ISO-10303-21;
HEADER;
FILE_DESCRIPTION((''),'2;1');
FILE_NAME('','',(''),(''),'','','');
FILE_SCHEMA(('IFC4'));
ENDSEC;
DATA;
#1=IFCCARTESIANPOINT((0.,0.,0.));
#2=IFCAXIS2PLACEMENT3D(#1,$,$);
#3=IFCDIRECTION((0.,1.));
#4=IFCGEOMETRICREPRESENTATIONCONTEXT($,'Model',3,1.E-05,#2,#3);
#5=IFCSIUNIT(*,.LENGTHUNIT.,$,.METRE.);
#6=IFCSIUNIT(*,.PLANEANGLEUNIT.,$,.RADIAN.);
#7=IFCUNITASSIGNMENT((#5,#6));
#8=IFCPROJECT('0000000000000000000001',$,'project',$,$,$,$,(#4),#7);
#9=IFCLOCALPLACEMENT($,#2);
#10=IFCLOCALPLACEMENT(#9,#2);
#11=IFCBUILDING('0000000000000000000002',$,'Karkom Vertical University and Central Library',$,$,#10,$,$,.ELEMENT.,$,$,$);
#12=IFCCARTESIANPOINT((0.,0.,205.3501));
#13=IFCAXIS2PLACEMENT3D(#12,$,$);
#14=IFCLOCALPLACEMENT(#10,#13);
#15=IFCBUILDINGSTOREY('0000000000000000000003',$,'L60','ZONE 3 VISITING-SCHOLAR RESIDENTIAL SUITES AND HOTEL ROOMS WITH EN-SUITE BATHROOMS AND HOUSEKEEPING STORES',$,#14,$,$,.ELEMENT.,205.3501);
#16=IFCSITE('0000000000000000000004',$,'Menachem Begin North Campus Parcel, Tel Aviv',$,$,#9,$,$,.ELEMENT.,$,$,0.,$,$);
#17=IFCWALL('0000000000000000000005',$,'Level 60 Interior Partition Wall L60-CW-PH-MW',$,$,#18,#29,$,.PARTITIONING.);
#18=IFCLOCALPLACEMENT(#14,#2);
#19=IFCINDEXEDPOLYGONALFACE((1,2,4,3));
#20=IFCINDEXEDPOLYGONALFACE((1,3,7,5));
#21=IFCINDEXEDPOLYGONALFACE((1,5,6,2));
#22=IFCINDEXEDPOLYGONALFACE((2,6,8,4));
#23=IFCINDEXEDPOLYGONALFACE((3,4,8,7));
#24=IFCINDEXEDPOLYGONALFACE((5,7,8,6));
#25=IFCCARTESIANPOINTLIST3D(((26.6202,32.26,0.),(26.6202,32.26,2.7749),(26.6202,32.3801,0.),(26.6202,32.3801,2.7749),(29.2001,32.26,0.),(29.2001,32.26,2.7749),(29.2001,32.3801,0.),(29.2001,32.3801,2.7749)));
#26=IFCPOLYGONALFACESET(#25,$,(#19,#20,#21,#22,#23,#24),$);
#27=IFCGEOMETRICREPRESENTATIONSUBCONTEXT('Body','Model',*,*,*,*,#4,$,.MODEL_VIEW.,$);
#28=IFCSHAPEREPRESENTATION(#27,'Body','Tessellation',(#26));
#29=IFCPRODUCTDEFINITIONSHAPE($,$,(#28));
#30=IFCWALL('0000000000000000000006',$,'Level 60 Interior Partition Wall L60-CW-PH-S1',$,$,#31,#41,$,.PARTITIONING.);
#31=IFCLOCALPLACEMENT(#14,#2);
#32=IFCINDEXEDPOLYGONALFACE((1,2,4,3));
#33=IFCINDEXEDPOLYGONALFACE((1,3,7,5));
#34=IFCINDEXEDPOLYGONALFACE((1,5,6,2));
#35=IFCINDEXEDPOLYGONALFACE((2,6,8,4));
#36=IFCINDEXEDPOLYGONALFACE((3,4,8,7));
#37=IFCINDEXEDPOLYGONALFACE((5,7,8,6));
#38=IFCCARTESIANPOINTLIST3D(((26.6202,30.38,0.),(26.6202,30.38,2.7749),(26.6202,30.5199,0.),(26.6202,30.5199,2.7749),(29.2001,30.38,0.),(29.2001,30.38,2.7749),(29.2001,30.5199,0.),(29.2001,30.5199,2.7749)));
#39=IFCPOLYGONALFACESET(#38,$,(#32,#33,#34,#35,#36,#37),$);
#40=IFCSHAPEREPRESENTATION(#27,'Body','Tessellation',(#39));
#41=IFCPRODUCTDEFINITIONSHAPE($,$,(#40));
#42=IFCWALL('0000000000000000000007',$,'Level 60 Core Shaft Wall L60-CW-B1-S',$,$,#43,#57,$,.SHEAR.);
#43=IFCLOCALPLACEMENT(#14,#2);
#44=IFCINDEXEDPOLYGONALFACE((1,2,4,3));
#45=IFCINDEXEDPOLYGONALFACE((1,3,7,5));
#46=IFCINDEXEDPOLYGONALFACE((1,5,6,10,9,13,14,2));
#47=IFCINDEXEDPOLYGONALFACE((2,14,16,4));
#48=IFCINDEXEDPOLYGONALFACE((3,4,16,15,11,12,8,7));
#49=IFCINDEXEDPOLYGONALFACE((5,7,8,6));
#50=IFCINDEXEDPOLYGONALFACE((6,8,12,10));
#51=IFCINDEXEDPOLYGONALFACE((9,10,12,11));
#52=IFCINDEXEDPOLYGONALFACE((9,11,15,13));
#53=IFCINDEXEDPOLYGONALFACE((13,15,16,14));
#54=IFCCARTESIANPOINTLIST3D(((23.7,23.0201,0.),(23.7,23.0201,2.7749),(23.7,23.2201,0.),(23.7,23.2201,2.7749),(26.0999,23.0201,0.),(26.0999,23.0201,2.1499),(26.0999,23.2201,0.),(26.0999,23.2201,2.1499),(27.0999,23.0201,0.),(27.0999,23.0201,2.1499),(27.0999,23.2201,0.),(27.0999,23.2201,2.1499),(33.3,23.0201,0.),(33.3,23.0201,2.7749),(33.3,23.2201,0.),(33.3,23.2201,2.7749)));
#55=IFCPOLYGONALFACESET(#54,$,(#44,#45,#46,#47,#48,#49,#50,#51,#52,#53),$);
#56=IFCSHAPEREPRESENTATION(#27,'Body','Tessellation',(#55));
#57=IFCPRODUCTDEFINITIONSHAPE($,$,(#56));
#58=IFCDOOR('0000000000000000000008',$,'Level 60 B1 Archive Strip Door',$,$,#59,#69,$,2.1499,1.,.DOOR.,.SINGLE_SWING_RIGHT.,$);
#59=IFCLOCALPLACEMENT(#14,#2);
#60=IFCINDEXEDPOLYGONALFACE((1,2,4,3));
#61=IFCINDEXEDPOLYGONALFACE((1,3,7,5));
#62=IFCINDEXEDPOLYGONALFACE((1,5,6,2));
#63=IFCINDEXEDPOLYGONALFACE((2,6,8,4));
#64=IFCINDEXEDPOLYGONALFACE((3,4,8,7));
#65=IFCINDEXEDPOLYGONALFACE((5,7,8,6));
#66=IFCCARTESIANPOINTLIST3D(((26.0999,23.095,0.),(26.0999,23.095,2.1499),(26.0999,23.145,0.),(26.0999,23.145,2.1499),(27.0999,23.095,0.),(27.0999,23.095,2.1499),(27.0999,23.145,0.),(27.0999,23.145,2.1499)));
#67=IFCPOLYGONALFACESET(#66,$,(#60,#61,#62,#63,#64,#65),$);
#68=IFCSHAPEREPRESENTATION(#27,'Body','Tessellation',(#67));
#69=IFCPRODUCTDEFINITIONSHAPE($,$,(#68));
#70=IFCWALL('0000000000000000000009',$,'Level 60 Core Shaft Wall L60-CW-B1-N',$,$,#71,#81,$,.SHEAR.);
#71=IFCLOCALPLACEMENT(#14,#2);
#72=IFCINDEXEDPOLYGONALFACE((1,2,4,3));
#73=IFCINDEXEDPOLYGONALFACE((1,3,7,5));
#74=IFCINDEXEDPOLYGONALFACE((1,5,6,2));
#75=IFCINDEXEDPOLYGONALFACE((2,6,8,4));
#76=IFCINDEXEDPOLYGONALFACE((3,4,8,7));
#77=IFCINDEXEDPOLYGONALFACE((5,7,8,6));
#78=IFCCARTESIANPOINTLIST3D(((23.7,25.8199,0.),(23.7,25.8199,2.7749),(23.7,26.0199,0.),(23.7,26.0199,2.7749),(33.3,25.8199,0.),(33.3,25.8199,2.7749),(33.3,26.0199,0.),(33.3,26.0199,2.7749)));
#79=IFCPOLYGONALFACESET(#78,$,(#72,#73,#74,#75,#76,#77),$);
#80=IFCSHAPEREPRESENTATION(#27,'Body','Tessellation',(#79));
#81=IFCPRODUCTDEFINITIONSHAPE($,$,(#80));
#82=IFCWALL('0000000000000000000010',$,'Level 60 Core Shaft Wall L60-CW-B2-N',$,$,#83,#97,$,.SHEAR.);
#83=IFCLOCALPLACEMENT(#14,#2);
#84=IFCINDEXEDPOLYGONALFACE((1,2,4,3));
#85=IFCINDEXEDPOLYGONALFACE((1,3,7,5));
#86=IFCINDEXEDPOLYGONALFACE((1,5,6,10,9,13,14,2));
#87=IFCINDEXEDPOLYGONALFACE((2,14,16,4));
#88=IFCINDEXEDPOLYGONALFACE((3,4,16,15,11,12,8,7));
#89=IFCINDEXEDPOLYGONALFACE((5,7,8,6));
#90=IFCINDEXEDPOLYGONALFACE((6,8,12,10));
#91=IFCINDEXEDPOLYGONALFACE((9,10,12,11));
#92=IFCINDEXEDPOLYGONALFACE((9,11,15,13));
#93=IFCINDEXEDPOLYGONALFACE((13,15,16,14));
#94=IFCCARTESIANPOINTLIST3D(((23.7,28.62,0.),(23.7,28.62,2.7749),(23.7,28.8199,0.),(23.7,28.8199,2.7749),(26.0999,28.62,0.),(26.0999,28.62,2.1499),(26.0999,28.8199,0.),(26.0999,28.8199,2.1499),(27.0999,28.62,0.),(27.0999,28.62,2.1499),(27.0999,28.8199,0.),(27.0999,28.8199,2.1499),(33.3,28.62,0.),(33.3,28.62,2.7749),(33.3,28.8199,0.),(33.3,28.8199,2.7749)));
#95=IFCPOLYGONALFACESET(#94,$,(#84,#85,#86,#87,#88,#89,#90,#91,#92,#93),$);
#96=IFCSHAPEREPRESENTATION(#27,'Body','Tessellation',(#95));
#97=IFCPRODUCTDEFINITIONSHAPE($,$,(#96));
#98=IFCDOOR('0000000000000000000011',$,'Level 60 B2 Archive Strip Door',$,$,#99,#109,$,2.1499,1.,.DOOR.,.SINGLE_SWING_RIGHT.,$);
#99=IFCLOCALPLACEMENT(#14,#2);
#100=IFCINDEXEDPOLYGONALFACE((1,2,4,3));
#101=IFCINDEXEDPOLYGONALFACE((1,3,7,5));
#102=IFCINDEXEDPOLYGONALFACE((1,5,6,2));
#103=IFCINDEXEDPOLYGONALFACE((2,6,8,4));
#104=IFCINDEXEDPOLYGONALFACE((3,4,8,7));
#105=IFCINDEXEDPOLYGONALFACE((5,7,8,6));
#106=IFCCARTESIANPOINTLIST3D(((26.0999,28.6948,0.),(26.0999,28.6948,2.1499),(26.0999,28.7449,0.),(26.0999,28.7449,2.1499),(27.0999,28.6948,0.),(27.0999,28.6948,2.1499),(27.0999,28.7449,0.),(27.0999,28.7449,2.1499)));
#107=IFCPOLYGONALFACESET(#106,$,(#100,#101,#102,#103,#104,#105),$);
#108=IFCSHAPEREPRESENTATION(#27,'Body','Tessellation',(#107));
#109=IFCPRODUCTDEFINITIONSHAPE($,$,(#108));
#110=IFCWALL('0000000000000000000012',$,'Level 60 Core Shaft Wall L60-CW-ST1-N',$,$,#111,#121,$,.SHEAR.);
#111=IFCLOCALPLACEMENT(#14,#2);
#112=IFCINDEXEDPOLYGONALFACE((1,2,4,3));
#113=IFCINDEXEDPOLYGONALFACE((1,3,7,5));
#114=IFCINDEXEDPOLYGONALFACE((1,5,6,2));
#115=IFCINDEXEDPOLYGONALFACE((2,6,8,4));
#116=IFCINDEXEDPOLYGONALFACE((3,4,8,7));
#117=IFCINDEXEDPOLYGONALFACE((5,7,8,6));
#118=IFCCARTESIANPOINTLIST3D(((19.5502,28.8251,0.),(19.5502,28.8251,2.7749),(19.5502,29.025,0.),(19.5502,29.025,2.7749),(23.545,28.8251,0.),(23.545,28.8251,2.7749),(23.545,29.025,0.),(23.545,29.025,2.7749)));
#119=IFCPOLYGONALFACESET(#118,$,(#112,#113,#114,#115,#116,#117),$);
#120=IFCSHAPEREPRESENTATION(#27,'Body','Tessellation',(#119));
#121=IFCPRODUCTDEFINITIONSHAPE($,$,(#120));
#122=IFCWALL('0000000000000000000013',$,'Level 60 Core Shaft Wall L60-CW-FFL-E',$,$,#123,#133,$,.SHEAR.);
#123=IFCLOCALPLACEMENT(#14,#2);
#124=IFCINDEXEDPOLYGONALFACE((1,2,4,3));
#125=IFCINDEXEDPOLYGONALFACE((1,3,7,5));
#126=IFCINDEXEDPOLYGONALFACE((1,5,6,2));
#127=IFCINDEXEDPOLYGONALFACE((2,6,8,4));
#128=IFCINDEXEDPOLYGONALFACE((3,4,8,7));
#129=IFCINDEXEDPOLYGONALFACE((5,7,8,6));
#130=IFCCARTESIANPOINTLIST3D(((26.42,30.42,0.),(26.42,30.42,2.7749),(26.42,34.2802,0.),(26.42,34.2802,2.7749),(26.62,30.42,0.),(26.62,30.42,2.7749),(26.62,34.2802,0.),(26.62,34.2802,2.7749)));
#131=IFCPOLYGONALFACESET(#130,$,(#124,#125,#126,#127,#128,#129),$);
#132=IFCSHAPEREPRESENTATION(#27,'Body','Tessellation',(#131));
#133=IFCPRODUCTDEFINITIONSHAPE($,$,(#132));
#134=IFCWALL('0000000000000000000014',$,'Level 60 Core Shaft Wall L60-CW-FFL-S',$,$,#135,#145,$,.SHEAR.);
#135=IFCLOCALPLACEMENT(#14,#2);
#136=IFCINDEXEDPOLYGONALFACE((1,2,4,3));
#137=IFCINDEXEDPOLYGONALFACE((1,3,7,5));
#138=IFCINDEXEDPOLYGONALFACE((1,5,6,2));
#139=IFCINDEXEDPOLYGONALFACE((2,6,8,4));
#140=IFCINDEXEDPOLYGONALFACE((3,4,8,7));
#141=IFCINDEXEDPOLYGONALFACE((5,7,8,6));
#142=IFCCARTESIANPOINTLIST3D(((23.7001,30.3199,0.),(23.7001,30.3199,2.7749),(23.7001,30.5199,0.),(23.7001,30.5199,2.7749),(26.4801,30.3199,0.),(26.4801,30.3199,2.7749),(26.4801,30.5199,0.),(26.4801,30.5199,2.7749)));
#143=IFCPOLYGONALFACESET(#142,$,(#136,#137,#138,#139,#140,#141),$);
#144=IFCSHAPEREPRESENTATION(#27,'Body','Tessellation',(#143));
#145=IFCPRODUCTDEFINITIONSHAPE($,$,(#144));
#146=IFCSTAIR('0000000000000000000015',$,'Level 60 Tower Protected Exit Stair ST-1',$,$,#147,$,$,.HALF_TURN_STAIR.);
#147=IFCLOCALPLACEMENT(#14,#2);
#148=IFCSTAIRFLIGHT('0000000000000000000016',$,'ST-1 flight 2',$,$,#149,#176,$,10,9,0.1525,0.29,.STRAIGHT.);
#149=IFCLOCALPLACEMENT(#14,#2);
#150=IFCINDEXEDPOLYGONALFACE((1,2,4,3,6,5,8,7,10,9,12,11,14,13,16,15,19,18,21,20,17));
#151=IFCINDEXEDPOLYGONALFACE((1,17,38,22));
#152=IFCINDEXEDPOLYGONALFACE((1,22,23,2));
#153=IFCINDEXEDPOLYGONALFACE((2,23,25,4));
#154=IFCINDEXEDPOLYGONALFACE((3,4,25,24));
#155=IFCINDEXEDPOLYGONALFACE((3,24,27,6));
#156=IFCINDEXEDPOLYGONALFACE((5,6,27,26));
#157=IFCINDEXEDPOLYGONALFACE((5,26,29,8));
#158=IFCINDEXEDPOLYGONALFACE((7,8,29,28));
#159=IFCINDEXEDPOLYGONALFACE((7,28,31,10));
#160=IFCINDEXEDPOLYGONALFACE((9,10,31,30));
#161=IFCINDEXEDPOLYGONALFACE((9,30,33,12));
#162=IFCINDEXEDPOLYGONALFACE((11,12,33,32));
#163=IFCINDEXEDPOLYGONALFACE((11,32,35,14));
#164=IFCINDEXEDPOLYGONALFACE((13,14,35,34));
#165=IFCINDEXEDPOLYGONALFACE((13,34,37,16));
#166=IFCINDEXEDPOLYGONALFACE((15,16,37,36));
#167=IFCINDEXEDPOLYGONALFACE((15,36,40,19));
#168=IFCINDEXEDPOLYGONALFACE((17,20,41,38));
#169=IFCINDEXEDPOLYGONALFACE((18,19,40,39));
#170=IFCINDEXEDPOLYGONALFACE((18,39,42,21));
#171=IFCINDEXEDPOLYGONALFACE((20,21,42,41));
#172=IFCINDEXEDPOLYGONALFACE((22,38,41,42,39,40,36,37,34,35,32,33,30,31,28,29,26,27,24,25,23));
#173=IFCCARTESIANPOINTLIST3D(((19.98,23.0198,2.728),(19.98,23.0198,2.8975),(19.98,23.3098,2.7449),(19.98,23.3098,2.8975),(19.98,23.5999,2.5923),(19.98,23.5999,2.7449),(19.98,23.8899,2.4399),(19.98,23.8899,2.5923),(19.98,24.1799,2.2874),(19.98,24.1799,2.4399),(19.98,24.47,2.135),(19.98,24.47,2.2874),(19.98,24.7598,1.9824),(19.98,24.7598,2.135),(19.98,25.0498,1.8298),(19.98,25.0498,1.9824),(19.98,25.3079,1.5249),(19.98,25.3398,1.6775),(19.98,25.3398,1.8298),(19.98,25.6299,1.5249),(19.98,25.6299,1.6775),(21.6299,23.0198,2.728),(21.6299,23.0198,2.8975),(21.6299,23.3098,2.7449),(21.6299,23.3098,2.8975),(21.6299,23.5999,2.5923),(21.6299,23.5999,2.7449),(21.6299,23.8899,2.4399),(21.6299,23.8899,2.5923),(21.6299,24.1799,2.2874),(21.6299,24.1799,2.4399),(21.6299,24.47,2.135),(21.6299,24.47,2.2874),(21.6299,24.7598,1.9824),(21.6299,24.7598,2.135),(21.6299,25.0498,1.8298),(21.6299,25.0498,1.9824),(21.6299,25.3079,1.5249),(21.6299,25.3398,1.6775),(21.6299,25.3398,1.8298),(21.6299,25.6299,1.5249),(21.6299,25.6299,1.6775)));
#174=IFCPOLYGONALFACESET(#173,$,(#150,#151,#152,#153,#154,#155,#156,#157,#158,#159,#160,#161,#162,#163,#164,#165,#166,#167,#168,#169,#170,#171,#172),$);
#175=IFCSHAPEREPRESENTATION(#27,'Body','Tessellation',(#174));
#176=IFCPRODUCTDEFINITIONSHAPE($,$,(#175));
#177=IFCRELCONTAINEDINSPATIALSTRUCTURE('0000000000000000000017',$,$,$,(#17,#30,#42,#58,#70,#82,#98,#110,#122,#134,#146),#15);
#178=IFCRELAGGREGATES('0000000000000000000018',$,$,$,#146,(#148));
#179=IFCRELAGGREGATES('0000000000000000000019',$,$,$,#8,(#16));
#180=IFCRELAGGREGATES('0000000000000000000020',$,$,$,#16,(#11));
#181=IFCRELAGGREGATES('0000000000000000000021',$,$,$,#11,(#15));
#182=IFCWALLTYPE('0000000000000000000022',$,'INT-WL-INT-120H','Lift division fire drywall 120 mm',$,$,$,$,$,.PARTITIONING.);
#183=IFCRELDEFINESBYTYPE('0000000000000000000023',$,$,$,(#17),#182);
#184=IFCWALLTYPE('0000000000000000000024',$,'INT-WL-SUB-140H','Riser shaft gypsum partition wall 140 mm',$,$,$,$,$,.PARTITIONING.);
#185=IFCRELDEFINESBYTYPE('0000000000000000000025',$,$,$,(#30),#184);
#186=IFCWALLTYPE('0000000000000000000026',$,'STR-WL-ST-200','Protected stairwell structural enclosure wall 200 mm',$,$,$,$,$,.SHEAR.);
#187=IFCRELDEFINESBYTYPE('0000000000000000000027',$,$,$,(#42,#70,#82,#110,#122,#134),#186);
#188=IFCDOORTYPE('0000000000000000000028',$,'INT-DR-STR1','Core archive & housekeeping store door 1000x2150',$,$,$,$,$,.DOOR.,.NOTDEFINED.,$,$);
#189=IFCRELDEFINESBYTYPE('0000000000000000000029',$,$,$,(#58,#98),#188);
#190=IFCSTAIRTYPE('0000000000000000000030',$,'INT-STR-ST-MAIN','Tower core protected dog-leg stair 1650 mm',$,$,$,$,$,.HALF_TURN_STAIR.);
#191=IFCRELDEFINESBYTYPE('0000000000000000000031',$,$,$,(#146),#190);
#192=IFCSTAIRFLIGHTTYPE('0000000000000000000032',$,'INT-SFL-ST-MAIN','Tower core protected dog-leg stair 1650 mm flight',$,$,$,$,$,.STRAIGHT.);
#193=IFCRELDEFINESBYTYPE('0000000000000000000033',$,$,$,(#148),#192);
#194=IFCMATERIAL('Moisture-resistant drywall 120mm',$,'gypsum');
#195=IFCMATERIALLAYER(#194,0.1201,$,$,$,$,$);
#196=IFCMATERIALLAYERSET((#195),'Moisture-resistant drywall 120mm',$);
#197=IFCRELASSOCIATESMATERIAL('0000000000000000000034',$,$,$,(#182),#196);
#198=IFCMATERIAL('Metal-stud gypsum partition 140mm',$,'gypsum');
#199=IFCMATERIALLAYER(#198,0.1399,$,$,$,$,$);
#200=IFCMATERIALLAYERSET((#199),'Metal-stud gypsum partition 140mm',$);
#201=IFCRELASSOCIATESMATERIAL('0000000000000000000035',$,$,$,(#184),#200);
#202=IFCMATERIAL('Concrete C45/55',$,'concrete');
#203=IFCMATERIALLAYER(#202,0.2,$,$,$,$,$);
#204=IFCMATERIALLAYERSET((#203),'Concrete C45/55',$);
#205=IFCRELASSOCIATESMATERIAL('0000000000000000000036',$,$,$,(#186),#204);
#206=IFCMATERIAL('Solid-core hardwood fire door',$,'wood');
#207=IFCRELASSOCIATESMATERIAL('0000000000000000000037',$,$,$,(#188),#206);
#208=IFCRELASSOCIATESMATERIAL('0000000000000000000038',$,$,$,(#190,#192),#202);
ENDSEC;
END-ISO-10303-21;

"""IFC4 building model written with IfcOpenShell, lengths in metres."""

from ifc_helpers import new_model, si_unit, direction, frame, frame_2d, origin, origin_with_axes, place, context, subcontext, project, spatial, polyline, rectangle, outline, extrude, source, transform, mapped, material, layer, layer_set, type_object, element, fill, aggregate, save


model = new_model("IFC4")

# Units and contexts
model_context = context("Model", 3, precision=1e-05, world=origin(), true_north=direction((0.0, 1.0)))
body_context = subcontext(model_context, "Body", "Model", "MODEL_VIEW")
ifc_project = project(units=[si_unit("LENGTHUNIT", "METRE"), si_unit("PLANEANGLEUNIT", "RADIAN")], contexts=[model_context])

# Site, building, storey
site_placement = place(None, origin())
site = spatial("IfcSite", under=ifc_project, at=site_placement, Name="Menachem Begin North Campus Parcel, Tel Aviv", CompositionType="ELEMENT", RefElevation=0.0)
building_placement = place(site_placement, origin())
building = spatial("IfcBuilding", under=site, at=building_placement, Name="Karkom Vertical University and Central Library", CompositionType="ELEMENT")
storey_placement = place(building_placement, frame((0.0, 0.0, 205.3501)))
storey = spatial("IfcBuildingStorey", under=building, at=storey_placement, Name="L60", Description="ZONE 3 VISITING-SCHOLAR RESIDENTIAL SUITES AND HOTEL ROOMS WITH EN-SUITE BATHROOMS AND HOUSEKEEPING STORES", CompositionType="ELEMENT", Elevation=205.3501)

# Shared definitions
ifc_material_1 = material(Name="Moisture-resistant drywall 120mm", Category="gypsum")

# Walls
ifc_layer_1 = layer(ifc_material_1, 0.1201)
ifc_layer_set_1 = layer_set([ifc_layer_1], Name="Moisture-resistant drywall 120mm")
wall_type_1 = type_object("IfcWallType", Name="INT-WL-INT-120H", Description="Lift division fire drywall 120 mm", PredefinedType="PARTITIONING", material=ifc_layer_set_1)
wall_1_placement = place(storey_placement, frame((26.6201, 32.3201, 0.0), z_axis=(0.0, 0.0, 1.0), x_axis=(1.0, 0.0, 0.0)))
element("IfcWall", 1, at=wall_1_placement, inside=storey, type_object=wall_type_1, Name="Level 60 Interior Partition Wall L60-CW-PH-MW", PredefinedType="PARTITIONING", context=body_context, shape_type="SweptSolid", body=[
    extrude(rectangle(XDim=2.5798, YDim=0.1201, at=frame_2d((1.29, 0.0))), origin(), (0.0, 0.0, 1.0), 2.7749),
])
ifc_material_2 = material(Name="Metal-stud gypsum partition 140mm", Category="gypsum")
ifc_layer_2 = layer(ifc_material_2, 0.1399)
ifc_layer_set_2 = layer_set([ifc_layer_2], Name="Metal-stud gypsum partition 140mm")
wall_type_2 = type_object("IfcWallType", Name="INT-WL-SUB-140H", Description="Riser shaft gypsum partition wall 140 mm", PredefinedType="PARTITIONING", material=ifc_layer_set_2)
wall_2_placement = place(storey_placement, frame((26.6201, 30.45, 0.0), z_axis=(0.0, 0.0, 1.0), x_axis=(1.0, 0.0, 0.0)))
element("IfcWall", 2, at=wall_2_placement, inside=storey, type_object=wall_type_2, Name="Level 60 Interior Partition Wall L60-CW-PH-S1", PredefinedType="PARTITIONING", context=body_context, shape_type="SweptSolid", body=[
    extrude(rectangle(XDim=2.5798, YDim=0.1399, at=frame_2d((1.29, 0.0))), origin(), (0.0, 0.0, 1.0), 2.7749),
])

# Wall, opening, door
ifc_material_3 = material(Name="Concrete C45/55", Category="concrete")
ifc_layer_3 = layer(ifc_material_3, 0.2)
ifc_layer_set_3 = layer_set([ifc_layer_3], Name="Concrete C45/55")
wall_type_3 = type_object("IfcWallType", Name="STR-WL-ST-200", Description="Protected stairwell structural enclosure wall 200 mm", PredefinedType="SHEAR", material=ifc_layer_set_3)
wall_3_placement = place(storey_placement, frame((23.7, 23.1201, 0.0), z_axis=(0.0, 0.0, 1.0), x_axis=(1.0, 0.0, 0.0)))
wall_3 = element("IfcWall", 3, at=wall_3_placement, inside=storey, type_object=wall_type_3, Name="Level 60 Core Shaft Wall L60-CW-B1-S", PredefinedType="SHEAR", context=body_context, shape_type="SweptSolid", body=[
    extrude(rectangle(XDim=9.6001, YDim=0.2, at=frame_2d((4.8, 0.0))), origin(), (0.0, 0.0, 1.0), 2.7749),
])
opening_1_placement = place(wall_3_placement, frame((2.3999, 0.0, 0.0)))
opening_1 = element("IfcOpeningElement", 4, at=opening_1_placement, cuts=wall_3, PredefinedType="OPENING", context=body_context, shape_type="SweptSolid", body=[
    extrude(rectangle(XDim=1.0, YDim=2.1499, at=frame_2d((0.5, 1.075))), frame((0.0, 0.1099, 0.0), z_axis=(0.0, -1.0, 0.0), x_axis=(1.0, 0.0, 0.0)), (0.0, 0.0, 1.0), 0.22),
])
ifc_material_4 = material(Name="Solid-core hardwood fire door", Category="wood")
door_type_1 = type_object("IfcDoorType", Name="INT-DR-STR1", Description="Core archive & housekeeping store door 1000x2150", OperationType="NOTDEFINED", PredefinedType="DOOR", material=ifc_material_4)
shared_shape_1 = source(origin_with_axes(), body_context, "Body", "SweptSolid", [
    extrude(rectangle(XDim=1.0, YDim=2.1499, at=frame_2d((0.5, 1.075))), frame((0.0, 0.0249, 0.0), z_axis=(0.0, -1.0, 0.0), x_axis=(1.0, 0.0, 0.0)), (0.0, 0.0, 1.0), 0.05),
])
door_1_placement = place(opening_1_placement, origin())
door_1 = element("IfcDoor", 5, at=door_1_placement, inside=storey, type_object=door_type_1, Name="Level 60 B1 Archive Strip Door", OperationType="SINGLE_SWING_RIGHT", OverallHeight=2.1499, OverallWidth=1.0, PredefinedType="DOOR", context=body_context, shape_type="MappedRepresentation", body=[
    mapped(shared_shape_1, transform((0.0, 0.0, 0.0), scale=1.0)),
])
fill(opening_1, door_1)

# Wall
wall_4_placement = place(storey_placement, frame((23.7, 25.9199, 0.0), z_axis=(0.0, 0.0, 1.0), x_axis=(1.0, 0.0, 0.0)))
element("IfcWall", 6, at=wall_4_placement, inside=storey, type_object=wall_type_3, Name="Level 60 Core Shaft Wall L60-CW-B1-N", PredefinedType="SHEAR", context=body_context, shape_type="SweptSolid", body=[
    extrude(rectangle(XDim=9.6001, YDim=0.2, at=frame_2d((4.8, 0.0))), origin(), (0.0, 0.0, 1.0), 2.7749),
])

# Wall, opening, door
wall_5_placement = place(storey_placement, frame((23.7, 28.72, 0.0), z_axis=(0.0, 0.0, 1.0), x_axis=(1.0, 0.0, 0.0)))
wall_5 = element("IfcWall", 7, at=wall_5_placement, inside=storey, type_object=wall_type_3, Name="Level 60 Core Shaft Wall L60-CW-B2-N", PredefinedType="SHEAR", context=body_context, shape_type="SweptSolid", body=[
    extrude(rectangle(XDim=9.6001, YDim=0.2, at=frame_2d((4.8, 0.0))), origin(), (0.0, 0.0, 1.0), 2.7749),
])
opening_2_placement = place(wall_5_placement, frame((2.3999, 0.0, 0.0)))
opening_2 = element("IfcOpeningElement", 8, at=opening_2_placement, cuts=wall_5, PredefinedType="OPENING", context=body_context, shape_type="SweptSolid", body=[
    extrude(rectangle(XDim=1.0, YDim=2.1499, at=frame_2d((0.5, 1.075))), frame((0.0, 0.1099, 0.0), z_axis=(0.0, -1.0, 0.0), x_axis=(1.0, 0.0, 0.0)), (0.0, 0.0, 1.0), 0.22),
])
door_2_placement = place(opening_2_placement, origin())
door_2 = element("IfcDoor", 9, at=door_2_placement, inside=storey, type_object=door_type_1, Name="Level 60 B2 Archive Strip Door", OperationType="SINGLE_SWING_RIGHT", OverallHeight=2.1499, OverallWidth=1.0, PredefinedType="DOOR", context=body_context, shape_type="MappedRepresentation", body=[
    mapped(shared_shape_1, transform((0.0, 0.0, 0.0), scale=1.0)),
])
fill(opening_2, door_2)

# Walls
wall_6_placement = place(storey_placement, frame((19.55, 28.925, 0.0), z_axis=(0.0, 0.0, 1.0), x_axis=(1.0, 0.0, 0.0)))
element("IfcWall", 10, at=wall_6_placement, inside=storey, type_object=wall_type_3, Name="Level 60 Core Shaft Wall L60-CW-ST1-N", PredefinedType="SHEAR", context=body_context, shape_type="SweptSolid", body=[
    extrude(rectangle(XDim=3.9949, YDim=0.2, at=frame_2d((1.9976, 0.0))), origin(), (0.0, 0.0, 1.0), 2.7749),
])
wall_7_placement = place(storey_placement, frame((26.52, 30.4199, 0.0), z_axis=(0.0, 0.0, 1.0), x_axis=(0.0, 1.0, 0.0)))
element("IfcWall", 11, at=wall_7_placement, inside=storey, type_object=wall_type_3, Name="Level 60 Core Shaft Wall L60-CW-FFL-E", PredefinedType="SHEAR", context=body_context, shape_type="SweptSolid", body=[
    extrude(rectangle(XDim=3.8601, YDim=0.2, at=frame_2d((1.9302, 0.0))), origin(), (0.0, 0.0, 1.0), 2.7749),
])
wall_8_placement = place(storey_placement, frame((23.7, 30.4199, 0.0), z_axis=(0.0, 0.0, 1.0), x_axis=(1.0, 0.0, 0.0)))
element("IfcWall", 12, at=wall_8_placement, inside=storey, type_object=wall_type_3, Name="Level 60 Core Shaft Wall L60-CW-FFL-S", PredefinedType="SHEAR", context=body_context, shape_type="SweptSolid", body=[
    extrude(rectangle(XDim=2.78, YDim=0.2, at=frame_2d((1.3901, 0.0))), origin(), (0.0, 0.0, 1.0), 2.7749),
])

# Stair, stair flight
stair_type = type_object("IfcStairType", Name="INT-STR-ST-MAIN", Description="Tower core protected dog-leg stair 1650 mm", PredefinedType="HALF_TURN_STAIR", material=ifc_material_3)
stair_placement = place(storey_placement, origin())
stair = element("IfcStair", 13, at=stair_placement, inside=storey, type_object=stair_type, Name="Level 60 Tower Protected Exit Stair ST-1", PredefinedType="HALF_TURN_STAIR")
stair_flight_type = type_object("IfcStairFlightType", Name="INT-SFL-ST-MAIN", Description="Tower core protected dog-leg stair 1650 mm flight", PredefinedType="STRAIGHT", material=ifc_material_3)
stair_flight_placement = place(storey_placement, frame((20.8049, 25.6299, 1.5249), z_axis=(0.0, 0.0, 1.0), x_axis=(0.0, -1.0, 0.0)))
stair_flight = element("IfcStairFlight", 14, at=stair_flight_placement, type_object=stair_flight_type, Name="ST-1 flight 2", NumberOfRisers=10, NumberOfTreads=9, PredefinedType="STRAIGHT", RiserHeight=0.1525, TreadLength=0.29, context=body_context, shape_type="SweptSolid", body=[
    extrude(outline(polyline([(0.0, 0.0), (0.0, 0.1526), (0.29, 0.1526), (0.29, 0.3049), (0.5801, 0.3049), (0.5801, 0.4575), (0.8701, 0.4575), (0.8701, 0.6101), (1.1599, 0.6101), (1.1599, 0.7625), (1.45, 0.7625), (1.45, 0.915), (1.74, 0.915), (1.74, 1.0674), (2.03, 1.0674), (2.03, 1.22), (2.3201, 1.22), (2.3201, 1.3726), (2.6101, 1.3726), (2.6101, 1.5249), (2.6101, 1.2031), (0.322, 0.0), (0.0, 0.0)])), frame((0.0, 0.825, 0.0), z_axis=(0.0, -1.0, 0.0), x_axis=(1.0, 0.0, 0.0)), (0.0, 0.0, 1.0), 1.6499),
])
aggregate(stair, [stair_flight])

save(model, "model.ifc")
